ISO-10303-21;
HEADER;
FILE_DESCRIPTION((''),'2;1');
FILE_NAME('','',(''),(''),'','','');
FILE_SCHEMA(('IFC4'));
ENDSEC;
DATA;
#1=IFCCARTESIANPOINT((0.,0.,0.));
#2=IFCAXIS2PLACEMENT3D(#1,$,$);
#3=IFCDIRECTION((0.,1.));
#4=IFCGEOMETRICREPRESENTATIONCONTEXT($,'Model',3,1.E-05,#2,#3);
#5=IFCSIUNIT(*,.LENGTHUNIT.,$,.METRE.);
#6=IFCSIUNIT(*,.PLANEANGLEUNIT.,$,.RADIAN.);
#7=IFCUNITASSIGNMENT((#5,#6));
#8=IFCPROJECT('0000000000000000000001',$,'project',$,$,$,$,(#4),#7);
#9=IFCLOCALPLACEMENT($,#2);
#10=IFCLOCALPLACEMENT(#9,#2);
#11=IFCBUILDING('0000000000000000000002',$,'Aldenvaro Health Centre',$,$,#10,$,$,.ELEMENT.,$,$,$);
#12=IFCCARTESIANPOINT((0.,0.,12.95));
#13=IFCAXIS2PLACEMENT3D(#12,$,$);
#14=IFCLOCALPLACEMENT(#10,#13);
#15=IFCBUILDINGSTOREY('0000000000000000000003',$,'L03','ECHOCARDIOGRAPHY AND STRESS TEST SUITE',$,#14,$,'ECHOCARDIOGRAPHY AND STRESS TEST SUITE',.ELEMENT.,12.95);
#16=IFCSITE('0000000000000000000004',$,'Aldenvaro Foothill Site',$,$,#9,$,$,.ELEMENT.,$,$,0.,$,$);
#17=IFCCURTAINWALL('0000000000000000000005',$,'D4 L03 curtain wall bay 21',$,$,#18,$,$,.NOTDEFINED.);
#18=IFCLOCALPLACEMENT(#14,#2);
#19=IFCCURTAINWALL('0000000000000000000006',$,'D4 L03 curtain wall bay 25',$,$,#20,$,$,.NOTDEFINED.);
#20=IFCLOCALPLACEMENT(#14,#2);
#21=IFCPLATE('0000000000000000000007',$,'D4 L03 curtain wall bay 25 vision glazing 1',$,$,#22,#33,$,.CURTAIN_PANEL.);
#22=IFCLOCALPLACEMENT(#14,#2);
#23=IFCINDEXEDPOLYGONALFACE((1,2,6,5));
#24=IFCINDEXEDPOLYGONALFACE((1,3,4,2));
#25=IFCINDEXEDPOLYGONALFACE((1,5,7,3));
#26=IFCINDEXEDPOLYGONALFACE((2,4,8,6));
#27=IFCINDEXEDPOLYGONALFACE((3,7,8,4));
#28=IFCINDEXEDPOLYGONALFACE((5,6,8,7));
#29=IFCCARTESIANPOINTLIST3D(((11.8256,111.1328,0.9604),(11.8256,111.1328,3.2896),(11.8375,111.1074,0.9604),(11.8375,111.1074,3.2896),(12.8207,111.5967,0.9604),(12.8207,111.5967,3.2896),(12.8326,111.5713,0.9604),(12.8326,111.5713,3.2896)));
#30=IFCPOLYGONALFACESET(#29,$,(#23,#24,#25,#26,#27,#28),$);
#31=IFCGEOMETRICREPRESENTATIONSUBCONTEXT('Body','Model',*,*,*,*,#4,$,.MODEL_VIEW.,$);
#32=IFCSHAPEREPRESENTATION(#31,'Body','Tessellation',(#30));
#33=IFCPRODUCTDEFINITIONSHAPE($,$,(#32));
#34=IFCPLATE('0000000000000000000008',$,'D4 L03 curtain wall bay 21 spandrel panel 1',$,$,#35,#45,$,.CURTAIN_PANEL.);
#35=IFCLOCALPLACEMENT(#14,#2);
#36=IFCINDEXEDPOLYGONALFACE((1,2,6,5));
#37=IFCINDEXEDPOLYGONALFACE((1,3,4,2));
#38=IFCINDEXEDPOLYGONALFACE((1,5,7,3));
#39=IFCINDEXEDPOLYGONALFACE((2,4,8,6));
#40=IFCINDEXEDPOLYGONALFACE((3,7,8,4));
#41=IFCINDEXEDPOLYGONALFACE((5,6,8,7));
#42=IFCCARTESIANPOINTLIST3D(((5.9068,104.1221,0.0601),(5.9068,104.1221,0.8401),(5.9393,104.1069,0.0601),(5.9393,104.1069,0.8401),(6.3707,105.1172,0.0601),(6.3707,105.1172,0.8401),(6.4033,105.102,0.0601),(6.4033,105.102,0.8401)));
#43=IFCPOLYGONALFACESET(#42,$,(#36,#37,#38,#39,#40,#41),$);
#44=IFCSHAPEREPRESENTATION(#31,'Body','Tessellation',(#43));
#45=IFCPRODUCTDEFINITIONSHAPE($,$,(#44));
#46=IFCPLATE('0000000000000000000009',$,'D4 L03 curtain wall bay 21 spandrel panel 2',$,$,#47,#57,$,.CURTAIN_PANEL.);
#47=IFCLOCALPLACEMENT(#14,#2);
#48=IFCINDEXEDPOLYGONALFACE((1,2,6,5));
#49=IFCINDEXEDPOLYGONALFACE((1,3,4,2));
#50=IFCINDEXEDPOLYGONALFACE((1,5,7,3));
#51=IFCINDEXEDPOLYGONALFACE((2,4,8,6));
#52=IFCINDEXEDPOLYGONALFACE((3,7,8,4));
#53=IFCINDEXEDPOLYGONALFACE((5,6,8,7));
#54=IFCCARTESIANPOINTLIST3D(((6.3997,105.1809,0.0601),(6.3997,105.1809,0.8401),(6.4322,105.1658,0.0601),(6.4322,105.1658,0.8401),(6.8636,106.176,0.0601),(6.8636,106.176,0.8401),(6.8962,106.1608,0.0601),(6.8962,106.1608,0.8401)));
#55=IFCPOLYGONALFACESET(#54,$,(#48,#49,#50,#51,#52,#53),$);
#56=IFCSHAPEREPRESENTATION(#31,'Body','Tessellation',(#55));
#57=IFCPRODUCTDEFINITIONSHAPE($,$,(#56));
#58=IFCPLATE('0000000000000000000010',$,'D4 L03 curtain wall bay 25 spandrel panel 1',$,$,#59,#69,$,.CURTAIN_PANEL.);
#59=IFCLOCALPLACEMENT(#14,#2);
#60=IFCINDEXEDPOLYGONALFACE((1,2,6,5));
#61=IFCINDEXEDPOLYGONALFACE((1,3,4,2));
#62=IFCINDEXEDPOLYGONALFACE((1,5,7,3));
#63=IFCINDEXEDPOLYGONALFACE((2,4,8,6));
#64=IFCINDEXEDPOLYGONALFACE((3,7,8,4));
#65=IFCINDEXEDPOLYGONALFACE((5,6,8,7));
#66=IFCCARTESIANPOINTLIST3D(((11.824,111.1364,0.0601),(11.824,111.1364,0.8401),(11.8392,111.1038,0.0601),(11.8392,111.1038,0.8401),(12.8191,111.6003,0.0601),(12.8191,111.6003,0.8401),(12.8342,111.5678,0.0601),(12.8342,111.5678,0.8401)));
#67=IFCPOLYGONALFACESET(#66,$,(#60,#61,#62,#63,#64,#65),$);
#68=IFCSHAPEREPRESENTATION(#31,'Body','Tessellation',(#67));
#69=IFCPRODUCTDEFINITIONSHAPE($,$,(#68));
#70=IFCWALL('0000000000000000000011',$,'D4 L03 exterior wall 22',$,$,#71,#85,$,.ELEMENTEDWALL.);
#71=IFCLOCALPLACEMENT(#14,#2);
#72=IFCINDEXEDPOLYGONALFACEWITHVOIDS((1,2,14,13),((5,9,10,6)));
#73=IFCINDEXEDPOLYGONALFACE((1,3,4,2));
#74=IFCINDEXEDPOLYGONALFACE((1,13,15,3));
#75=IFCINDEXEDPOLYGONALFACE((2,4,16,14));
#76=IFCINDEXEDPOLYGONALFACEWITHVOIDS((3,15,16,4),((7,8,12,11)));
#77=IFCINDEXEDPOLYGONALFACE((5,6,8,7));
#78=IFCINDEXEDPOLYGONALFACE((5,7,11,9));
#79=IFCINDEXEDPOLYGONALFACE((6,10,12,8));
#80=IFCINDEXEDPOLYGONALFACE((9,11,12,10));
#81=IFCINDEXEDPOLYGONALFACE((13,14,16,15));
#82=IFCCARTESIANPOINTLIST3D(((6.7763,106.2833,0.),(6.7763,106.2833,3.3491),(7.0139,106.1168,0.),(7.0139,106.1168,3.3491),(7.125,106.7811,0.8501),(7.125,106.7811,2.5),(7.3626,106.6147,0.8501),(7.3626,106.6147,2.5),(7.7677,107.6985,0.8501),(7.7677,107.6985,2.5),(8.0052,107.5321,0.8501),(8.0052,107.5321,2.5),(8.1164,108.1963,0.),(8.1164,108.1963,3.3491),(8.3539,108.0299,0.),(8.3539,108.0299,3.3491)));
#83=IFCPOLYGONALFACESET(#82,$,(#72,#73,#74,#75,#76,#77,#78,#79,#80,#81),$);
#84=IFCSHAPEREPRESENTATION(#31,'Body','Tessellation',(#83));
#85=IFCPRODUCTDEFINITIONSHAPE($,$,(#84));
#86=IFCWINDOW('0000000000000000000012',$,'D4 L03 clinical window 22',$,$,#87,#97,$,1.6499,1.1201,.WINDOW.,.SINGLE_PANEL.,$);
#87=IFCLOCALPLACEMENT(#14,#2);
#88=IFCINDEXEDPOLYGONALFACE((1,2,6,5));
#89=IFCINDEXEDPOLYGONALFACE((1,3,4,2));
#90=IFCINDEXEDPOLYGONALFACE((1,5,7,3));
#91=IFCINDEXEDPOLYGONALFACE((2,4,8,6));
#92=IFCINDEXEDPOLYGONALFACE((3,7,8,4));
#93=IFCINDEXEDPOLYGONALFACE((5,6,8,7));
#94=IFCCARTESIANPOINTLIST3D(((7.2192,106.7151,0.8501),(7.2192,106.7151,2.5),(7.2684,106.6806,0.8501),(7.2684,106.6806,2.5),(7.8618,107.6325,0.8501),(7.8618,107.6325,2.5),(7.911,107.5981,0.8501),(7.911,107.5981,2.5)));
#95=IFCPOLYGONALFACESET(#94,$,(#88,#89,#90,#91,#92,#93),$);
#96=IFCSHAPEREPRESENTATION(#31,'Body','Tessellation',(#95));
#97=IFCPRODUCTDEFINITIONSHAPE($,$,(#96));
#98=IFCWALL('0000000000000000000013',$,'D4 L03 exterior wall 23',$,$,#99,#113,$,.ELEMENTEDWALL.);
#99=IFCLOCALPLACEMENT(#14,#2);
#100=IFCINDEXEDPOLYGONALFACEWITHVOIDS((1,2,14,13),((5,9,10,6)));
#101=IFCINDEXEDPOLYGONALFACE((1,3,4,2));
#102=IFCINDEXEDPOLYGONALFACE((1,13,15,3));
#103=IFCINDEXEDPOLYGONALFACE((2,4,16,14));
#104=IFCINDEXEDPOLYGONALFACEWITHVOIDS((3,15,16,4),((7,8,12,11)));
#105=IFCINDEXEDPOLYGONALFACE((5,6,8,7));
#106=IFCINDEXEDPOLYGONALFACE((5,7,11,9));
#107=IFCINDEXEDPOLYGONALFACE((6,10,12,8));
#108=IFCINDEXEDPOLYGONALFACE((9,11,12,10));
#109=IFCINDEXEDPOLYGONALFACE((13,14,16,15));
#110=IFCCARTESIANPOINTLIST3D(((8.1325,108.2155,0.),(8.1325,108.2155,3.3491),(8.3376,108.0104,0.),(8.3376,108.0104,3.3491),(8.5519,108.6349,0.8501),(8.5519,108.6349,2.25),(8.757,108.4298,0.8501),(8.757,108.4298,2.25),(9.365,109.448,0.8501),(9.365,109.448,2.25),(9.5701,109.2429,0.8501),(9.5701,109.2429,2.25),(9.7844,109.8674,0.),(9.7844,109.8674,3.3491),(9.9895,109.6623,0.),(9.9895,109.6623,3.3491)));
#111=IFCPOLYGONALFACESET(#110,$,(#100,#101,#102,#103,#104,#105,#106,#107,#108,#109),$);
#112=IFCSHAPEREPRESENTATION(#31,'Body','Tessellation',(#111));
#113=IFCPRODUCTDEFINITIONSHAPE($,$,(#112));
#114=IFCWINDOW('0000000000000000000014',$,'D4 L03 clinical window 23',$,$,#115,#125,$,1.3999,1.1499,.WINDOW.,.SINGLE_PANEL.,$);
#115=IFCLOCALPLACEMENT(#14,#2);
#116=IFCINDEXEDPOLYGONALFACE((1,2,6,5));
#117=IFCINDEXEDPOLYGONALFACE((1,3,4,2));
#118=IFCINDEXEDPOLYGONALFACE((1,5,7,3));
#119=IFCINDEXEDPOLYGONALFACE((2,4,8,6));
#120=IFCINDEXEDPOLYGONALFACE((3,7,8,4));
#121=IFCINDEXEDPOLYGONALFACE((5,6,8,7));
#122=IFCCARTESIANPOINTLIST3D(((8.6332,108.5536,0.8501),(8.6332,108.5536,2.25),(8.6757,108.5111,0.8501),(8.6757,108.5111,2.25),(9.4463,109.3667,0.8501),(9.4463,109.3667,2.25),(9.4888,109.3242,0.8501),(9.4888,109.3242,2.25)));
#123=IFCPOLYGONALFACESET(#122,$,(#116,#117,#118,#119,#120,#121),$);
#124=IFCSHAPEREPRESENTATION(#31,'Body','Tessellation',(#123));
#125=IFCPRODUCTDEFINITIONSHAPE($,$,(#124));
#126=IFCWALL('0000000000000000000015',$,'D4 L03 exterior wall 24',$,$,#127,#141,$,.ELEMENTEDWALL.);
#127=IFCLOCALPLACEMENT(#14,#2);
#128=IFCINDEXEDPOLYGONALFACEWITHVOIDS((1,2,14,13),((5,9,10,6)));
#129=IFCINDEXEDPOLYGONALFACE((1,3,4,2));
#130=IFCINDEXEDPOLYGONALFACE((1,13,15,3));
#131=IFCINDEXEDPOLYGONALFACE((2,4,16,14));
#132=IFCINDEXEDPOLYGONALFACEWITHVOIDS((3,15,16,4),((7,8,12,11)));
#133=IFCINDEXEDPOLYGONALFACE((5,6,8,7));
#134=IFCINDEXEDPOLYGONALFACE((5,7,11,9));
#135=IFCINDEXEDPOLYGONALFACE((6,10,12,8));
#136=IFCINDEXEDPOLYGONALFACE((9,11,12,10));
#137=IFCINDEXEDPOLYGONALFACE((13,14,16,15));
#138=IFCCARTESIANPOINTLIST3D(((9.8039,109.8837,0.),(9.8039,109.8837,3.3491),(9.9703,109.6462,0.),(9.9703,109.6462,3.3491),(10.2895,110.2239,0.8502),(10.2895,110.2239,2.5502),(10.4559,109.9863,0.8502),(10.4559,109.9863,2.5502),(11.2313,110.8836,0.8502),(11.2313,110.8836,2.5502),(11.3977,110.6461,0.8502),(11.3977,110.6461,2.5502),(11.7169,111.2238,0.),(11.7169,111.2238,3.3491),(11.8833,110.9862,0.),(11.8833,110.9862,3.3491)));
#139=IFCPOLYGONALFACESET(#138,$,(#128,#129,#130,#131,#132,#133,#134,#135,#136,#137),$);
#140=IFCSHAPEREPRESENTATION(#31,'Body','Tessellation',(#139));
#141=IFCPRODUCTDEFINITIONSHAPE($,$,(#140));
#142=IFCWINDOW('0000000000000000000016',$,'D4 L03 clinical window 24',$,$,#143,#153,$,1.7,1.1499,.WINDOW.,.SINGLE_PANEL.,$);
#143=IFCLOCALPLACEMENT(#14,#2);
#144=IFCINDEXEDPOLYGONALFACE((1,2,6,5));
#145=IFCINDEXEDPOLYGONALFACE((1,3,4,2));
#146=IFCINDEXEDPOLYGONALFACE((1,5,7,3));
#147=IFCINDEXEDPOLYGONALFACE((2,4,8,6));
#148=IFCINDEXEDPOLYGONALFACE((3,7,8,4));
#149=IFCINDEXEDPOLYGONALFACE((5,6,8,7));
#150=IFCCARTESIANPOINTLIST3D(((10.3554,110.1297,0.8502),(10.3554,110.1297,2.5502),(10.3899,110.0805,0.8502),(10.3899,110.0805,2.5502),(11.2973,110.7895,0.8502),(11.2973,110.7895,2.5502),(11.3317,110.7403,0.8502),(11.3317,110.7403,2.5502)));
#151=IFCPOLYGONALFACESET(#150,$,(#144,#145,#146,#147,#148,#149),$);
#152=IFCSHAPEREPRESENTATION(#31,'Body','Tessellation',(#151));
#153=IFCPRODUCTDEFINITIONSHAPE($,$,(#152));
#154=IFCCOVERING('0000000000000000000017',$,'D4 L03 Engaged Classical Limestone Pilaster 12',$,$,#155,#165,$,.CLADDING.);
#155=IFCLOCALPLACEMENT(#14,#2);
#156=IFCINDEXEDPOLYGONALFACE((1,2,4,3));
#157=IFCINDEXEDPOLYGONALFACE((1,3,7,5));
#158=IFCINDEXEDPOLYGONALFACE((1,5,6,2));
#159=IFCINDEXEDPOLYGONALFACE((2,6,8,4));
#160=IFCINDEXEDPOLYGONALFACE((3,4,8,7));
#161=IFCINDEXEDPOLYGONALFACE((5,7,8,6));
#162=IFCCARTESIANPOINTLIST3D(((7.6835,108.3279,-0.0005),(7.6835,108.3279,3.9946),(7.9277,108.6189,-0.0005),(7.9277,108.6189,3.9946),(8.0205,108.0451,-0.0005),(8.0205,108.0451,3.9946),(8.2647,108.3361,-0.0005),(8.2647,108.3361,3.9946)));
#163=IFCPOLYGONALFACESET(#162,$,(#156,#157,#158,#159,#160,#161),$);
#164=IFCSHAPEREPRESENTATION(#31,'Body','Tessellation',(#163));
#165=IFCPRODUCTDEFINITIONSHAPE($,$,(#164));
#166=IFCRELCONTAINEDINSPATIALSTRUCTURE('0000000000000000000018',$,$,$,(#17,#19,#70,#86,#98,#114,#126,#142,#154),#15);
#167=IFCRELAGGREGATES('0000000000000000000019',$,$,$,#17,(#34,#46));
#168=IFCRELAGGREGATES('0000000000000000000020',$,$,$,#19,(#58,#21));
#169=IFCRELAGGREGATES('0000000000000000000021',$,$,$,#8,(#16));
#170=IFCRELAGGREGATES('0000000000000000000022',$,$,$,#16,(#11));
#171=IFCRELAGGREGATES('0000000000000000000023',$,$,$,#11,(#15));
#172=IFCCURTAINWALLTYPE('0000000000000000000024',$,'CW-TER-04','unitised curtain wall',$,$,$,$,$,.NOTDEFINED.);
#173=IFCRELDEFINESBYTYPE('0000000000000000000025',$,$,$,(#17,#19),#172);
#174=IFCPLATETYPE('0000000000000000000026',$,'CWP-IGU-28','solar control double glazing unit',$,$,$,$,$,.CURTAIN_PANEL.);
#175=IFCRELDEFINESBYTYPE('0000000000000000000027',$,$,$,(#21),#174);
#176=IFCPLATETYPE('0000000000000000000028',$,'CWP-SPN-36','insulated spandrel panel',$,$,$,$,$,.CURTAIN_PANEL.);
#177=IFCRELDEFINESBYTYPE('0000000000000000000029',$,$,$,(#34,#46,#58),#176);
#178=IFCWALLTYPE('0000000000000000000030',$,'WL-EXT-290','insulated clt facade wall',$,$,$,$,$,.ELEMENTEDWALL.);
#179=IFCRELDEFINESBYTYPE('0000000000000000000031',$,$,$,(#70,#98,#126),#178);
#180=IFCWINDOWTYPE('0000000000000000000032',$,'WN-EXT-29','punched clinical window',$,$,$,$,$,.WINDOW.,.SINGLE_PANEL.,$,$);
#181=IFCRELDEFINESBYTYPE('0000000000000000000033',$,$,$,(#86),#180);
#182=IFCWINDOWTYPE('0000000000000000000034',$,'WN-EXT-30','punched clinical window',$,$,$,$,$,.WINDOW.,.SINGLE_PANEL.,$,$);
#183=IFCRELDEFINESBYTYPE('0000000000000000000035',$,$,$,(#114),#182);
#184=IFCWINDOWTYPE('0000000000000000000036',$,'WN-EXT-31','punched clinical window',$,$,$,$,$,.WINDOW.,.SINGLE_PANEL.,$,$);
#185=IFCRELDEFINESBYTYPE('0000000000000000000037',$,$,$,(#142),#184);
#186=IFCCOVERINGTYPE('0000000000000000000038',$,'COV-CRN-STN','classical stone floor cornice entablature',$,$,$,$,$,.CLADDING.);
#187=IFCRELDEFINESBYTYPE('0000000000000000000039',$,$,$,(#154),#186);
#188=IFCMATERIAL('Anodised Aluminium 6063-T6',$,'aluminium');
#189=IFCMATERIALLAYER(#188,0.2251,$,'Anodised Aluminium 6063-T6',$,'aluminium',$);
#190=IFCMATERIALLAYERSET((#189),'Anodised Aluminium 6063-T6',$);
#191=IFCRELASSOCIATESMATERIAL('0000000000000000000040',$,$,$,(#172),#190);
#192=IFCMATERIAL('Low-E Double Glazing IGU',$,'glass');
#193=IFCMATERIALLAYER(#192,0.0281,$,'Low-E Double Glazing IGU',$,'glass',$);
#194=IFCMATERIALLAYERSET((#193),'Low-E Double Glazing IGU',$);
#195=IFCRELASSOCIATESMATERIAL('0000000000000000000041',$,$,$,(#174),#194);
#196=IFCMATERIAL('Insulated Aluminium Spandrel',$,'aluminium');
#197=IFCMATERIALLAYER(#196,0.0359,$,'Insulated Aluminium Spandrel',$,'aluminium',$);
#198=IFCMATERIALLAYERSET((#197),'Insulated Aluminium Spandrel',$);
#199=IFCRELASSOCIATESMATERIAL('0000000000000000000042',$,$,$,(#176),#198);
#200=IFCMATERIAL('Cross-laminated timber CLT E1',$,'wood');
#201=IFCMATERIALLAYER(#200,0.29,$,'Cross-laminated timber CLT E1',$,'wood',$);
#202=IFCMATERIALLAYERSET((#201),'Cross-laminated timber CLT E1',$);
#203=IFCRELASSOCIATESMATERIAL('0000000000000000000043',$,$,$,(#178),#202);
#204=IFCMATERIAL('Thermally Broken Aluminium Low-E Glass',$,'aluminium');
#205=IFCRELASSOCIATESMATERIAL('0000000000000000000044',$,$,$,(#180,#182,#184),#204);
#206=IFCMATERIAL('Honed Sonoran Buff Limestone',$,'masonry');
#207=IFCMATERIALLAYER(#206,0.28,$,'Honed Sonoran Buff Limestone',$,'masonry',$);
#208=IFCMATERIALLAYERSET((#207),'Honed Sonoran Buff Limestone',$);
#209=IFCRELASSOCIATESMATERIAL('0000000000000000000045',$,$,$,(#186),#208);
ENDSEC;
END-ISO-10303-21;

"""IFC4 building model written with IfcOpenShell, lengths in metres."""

from ifc_helpers import new_model, si_unit, direction, frame, frame_2d, origin, origin_2d, place, context, subcontext, project, spatial, rectangle, extrude, material, layer, layer_set, type_object, element, fill, aggregate, save


model = new_model("IFC4")

# Units and contexts
model_context = context("Model", 3, precision=1e-05, world=origin(), true_north=direction((0.0, 1.0)))
body_context = subcontext(model_context, "Body", "Model", "MODEL_VIEW")
ifc_project = project(units=[si_unit("LENGTHUNIT", "METRE"), si_unit("PLANEANGLEUNIT", "RADIAN")], contexts=[model_context])

# Site, building, storey
site_placement = place(None, origin())
site = spatial("IfcSite", under=ifc_project, at=site_placement, Name="Aldenvaro Foothill Site", CompositionType="ELEMENT", RefElevation=0.0)
building_placement = place(site_placement, origin())
building = spatial("IfcBuilding", under=site, at=building_placement, Name="Aldenvaro Health Centre", CompositionType="ELEMENT")
storey_placement = place(building_placement, frame((0.0, 0.0, 12.95)))
storey = spatial("IfcBuildingStorey", under=building, at=storey_placement, Name="L03", Description="ECHOCARDIOGRAPHY AND STRESS TEST SUITE", LongName="ECHOCARDIOGRAPHY AND STRESS TEST SUITE", CompositionType="ELEMENT", Elevation=12.95)

# Curtain walls
ifc_material_1 = material(Name="Anodised Aluminium 6063-T6", Category="aluminium")
ifc_layer_1 = layer(ifc_material_1, 0.2251, Name="Anodised Aluminium 6063-T6", Category="aluminium")
ifc_layer_set_1 = layer_set([ifc_layer_1], Name="Anodised Aluminium 6063-T6")
curtain_wall_type = type_object("IfcCurtainWallType", Name="CW-TER-04", Description="unitised curtain wall", PredefinedType="NOTDEFINED", material=ifc_layer_set_1)
curtain_wall_1_placement = place(storey_placement, origin())
curtain_wall_1 = element("IfcCurtainWall", 1, at=curtain_wall_1_placement, inside=storey, type_object=curtain_wall_type, Name="D4 L03 curtain wall bay 21", PredefinedType="NOTDEFINED")
curtain_wall_2_placement = place(storey_placement, origin())
curtain_wall_2 = element("IfcCurtainWall", 2, at=curtain_wall_2_placement, inside=storey, type_object=curtain_wall_type, Name="D4 L03 curtain wall bay 25", PredefinedType="NOTDEFINED")

# Plates
ifc_material_2 = material(Name="Low-E Double Glazing IGU", Category="glass")
ifc_layer_2 = layer(ifc_material_2, 0.0281, Name="Low-E Double Glazing IGU", Category="glass")
ifc_layer_set_2 = layer_set([ifc_layer_2], Name="Low-E Double Glazing IGU")
plate_type_1 = type_object("IfcPlateType", Name="CWP-IGU-28", Description="solar control double glazing unit", PredefinedType="CURTAIN_PANEL", material=ifc_layer_set_2)
plate_1_placement = place(storey_placement, frame((12.3291, 111.3521, 0.9604), z_axis=(0.0, 0.0, 1.0), x_axis=(0.906336, 0.422557, 0.0)))
plate_1 = element("IfcPlate", 3, at=plate_1_placement, type_object=plate_type_1, Name="D4 L03 curtain wall bay 25 vision glazing 1", PredefinedType="CURTAIN_PANEL", context=body_context, shape_type="SweptSolid", body=[
    extrude(rectangle(XDim=1.0979, YDim=0.0281, at=origin_2d()), origin(), (0.0, 0.0, 1.0), 2.3291),
])
ifc_material_3 = material(Name="Insulated Aluminium Spandrel", Category="aluminium")
ifc_layer_3 = layer(ifc_material_3, 0.0359, Name="Insulated Aluminium Spandrel", Category="aluminium")
ifc_layer_set_3 = layer_set([ifc_layer_3], Name="Insulated Aluminium Spandrel")
plate_type_2 = type_object("IfcPlateType", Name="CWP-SPN-36", Description="insulated spandrel panel", PredefinedType="CURTAIN_PANEL", material=ifc_layer_set_3)
plate_2_placement = place(storey_placement, frame((6.155, 104.6121, 0.0601), z_axis=(0.0, 0.0, 1.0), x_axis=(0.422557, 0.906336, 0.0)))
plate_2 = element("IfcPlate", 4, at=plate_2_placement, type_object=plate_type_2, Name="D4 L03 curtain wall bay 21 spandrel panel 1", PredefinedType="CURTAIN_PANEL", context=body_context, shape_type="SweptSolid", body=[
    extrude(rectangle(XDim=1.0979, YDim=0.0359, at=origin_2d()), origin(), (0.0, 0.0, 1.0), 0.78),
])
plate_3_placement = place(storey_placement, frame((6.6479, 105.6709, 0.0601), z_axis=(0.0, 0.0, 1.0), x_axis=(0.422557, 0.906336, 0.0)))
plate_3 = element("IfcPlate", 5, at=plate_3_placement, type_object=plate_type_2, Name="D4 L03 curtain wall bay 21 spandrel panel 2", PredefinedType="CURTAIN_PANEL", context=body_context, shape_type="SweptSolid", body=[
    extrude(rectangle(XDim=1.0979, YDim=0.0359, at=origin_2d()), origin(), (0.0, 0.0, 1.0), 0.78),
])
aggregate(curtain_wall_1, [plate_2, plate_3])
plate_4_placement = place(storey_placement, frame((12.3291, 111.3521, 0.0601), z_axis=(0.0, 0.0, 1.0), x_axis=(0.906336, 0.422557, 0.0)))
plate_4 = element("IfcPlate", 6, at=plate_4_placement, type_object=plate_type_2, Name="D4 L03 curtain wall bay 25 spandrel panel 1", PredefinedType="CURTAIN_PANEL", context=body_context, shape_type="SweptSolid", body=[
    extrude(rectangle(XDim=1.0979, YDim=0.0359, at=origin_2d()), origin(), (0.0, 0.0, 1.0), 0.78),
])
aggregate(curtain_wall_2, [plate_4, plate_1])

# Walls, openings, windows
ifc_material_4 = material(Name="Cross-laminated timber CLT E1", Category="wood")
ifc_layer_4 = layer(ifc_material_4, 0.29, Name="Cross-laminated timber CLT E1", Category="wood")
ifc_layer_set_4 = layer_set([ifc_layer_4], Name="Cross-laminated timber CLT E1")
wall_type = type_object("IfcWallType", Name="WL-EXT-290", Description="insulated clt facade wall", PredefinedType="ELEMENTEDWALL", material=ifc_layer_set_4)
wall_1_placement = place(storey_placement, frame((6.895, 106.2, 0.0), z_axis=(0.0, 0.0, 1.0), x_axis=(0.573729, 0.819045, 0.0)))
wall_1 = element("IfcWall", 7, at=wall_1_placement, inside=storey, type_object=wall_type, Name="D4 L03 exterior wall 22", PredefinedType="ELEMENTEDWALL", context=body_context, shape_type="SweptSolid", body=[
    extrude(rectangle(XDim=2.3357, YDim=0.29, at=frame_2d((1.168, 0.0))), origin(), (0.0, 0.0, 1.0), 3.3491),
])
opening_1_placement = place(wall_1_placement, frame((0.6079, 0.0, 0.8501)))
opening_1 = element("IfcOpeningElement", 8, at=opening_1_placement, cuts=wall_1, PredefinedType="OPENING", context=body_context, shape_type="SweptSolid", body=[
    extrude(rectangle(XDim=1.1201, YDim=1.6499, at=frame_2d((0.5601, 0.825))), frame((0.0, 0.155, 0.0), z_axis=(0.0, -1.0, 0.0), x_axis=(1.0, 0.0, 0.0)), (0.0, 0.0, 1.0), 0.3101),
])
ifc_material_5 = material(Name="Thermally Broken Aluminium Low-E Glass", Category="aluminium")
window_type_1 = type_object("IfcWindowType", Name="WN-EXT-29", Description="punched clinical window", PartitioningType="SINGLE_PANEL", PredefinedType="WINDOW", material=ifc_material_5)
window_1_placement = place(opening_1_placement, origin())
window_1 = element("IfcWindow", 9, at=window_1_placement, inside=storey, type_object=window_type_1, Name="D4 L03 clinical window 22", OverallHeight=1.6499, OverallWidth=1.1201, PartitioningType="SINGLE_PANEL", PredefinedType="WINDOW", context=body_context, shape_type="SweptSolid", body=[
    extrude(rectangle(XDim=1.1201, YDim=1.6499, at=frame_2d((0.5601, 0.825))), frame((0.0, 0.03, 0.0), z_axis=(0.0, -1.0, 0.0), x_axis=(1.0, 0.0, 0.0)), (0.0, 0.0, 1.0), 0.0601),
])
fill(opening_1, window_1)
wall_2_placement = place(storey_placement, frame((8.2351, 108.113, 0.0), z_axis=(0.0, 0.0, 1.0), x_axis=(0.707107, 0.707107, 0.0)))
wall_2 = element("IfcWall", 10, at=wall_2_placement, inside=storey, type_object=wall_type, Name="D4 L03 exterior wall 23", PredefinedType="ELEMENTEDWALL", context=body_context, shape_type="SweptSolid", body=[
    extrude(rectangle(XDim=2.3362, YDim=0.29, at=frame_2d((1.168, 0.0))), origin(), (0.0, 0.0, 1.0), 3.3491),
])
opening_2_placement = place(wall_2_placement, frame((0.593, 0.0, 0.8501)))
opening_2 = element("IfcOpeningElement", 11, at=opening_2_placement, cuts=wall_2, PredefinedType="OPENING", context=body_context, shape_type="SweptSolid", body=[
    extrude(rectangle(XDim=1.1499, YDim=1.3999, at=frame_2d((0.575, 0.7))), frame((0.0, 0.155, 0.0), z_axis=(0.0, -1.0, 0.0), x_axis=(1.0, 0.0, 0.0)), (0.0, 0.0, 1.0), 0.3101),
])
window_type_2 = type_object("IfcWindowType", Name="WN-EXT-30", Description="punched clinical window", PartitioningType="SINGLE_PANEL", PredefinedType="WINDOW", material=ifc_material_5)
window_2_placement = place(opening_2_placement, origin())
window_2 = element("IfcWindow", 12, at=window_2_placement, inside=storey, type_object=window_type_2, Name="D4 L03 clinical window 23", OverallHeight=1.3999, OverallWidth=1.1499, PartitioningType="SINGLE_PANEL", PredefinedType="WINDOW", context=body_context, shape_type="SweptSolid", body=[
    extrude(rectangle(XDim=1.1499, YDim=1.3999, at=frame_2d((0.575, 0.7))), frame((0.0, 0.03, 0.0), z_axis=(0.0, -1.0, 0.0), x_axis=(1.0, 0.0, 0.0)), (0.0, 0.0, 1.0), 0.0601),
])
fill(opening_2, window_2)
wall_3_placement = place(storey_placement, frame((9.887, 109.7649, 0.0), z_axis=(0.0, 0.0, 1.0), x_axis=(0.819045, 0.573729, 0.0)))
wall_3 = element("IfcWall", 13, at=wall_3_placement, inside=storey, type_object=wall_type, Name="D4 L03 exterior wall 24", PredefinedType="ELEMENTEDWALL", context=body_context, shape_type="SweptSolid", body=[
    extrude(rectangle(XDim=2.3357, YDim=0.29, at=frame_2d((1.168, 0.0))), origin(), (0.0, 0.0, 1.0), 3.3491),
])
opening_3_placement = place(wall_3_placement, frame((0.593, 0.0, 0.8501)))
opening_3 = element("IfcOpeningElement", 14, at=opening_3_placement, cuts=wall_3, PredefinedType="OPENING", context=body_context, shape_type="SweptSolid", body=[
    extrude(rectangle(XDim=1.1499, YDim=1.7, at=frame_2d((0.575, 0.8501))), frame((0.0, 0.155, 0.0), z_axis=(0.0, -1.0, 0.0), x_axis=(1.0, 0.0, 0.0)), (0.0, 0.0, 1.0), 0.3101),
])
window_type_3 = type_object("IfcWindowType", Name="WN-EXT-31", Description="punched clinical window", PartitioningType="SINGLE_PANEL", PredefinedType="WINDOW", material=ifc_material_5)
window_3_placement = place(opening_3_placement, origin())
window_3 = element("IfcWindow", 15, at=window_3_placement, inside=storey, type_object=window_type_3, Name="D4 L03 clinical window 24", OverallHeight=1.7, OverallWidth=1.1499, PartitioningType="SINGLE_PANEL", PredefinedType="WINDOW", context=body_context, shape_type="SweptSolid", body=[
    extrude(rectangle(XDim=1.1499, YDim=1.7, at=frame_2d((0.575, 0.8501))), frame((0.0, 0.03, 0.0), z_axis=(0.0, -1.0, 0.0), x_axis=(1.0, 0.0, 0.0)), (0.0, 0.0, 1.0), 0.0601),
])
fill(opening_3, window_3)

# Covering
ifc_material_6 = material(Name="Honed Sonoran Buff Limestone", Category="masonry")
ifc_layer_5 = layer(ifc_material_6, 0.28, Name="Honed Sonoran Buff Limestone", Category="masonry")
ifc_layer_set_5 = layer_set([ifc_layer_5], Name="Honed Sonoran Buff Limestone")
covering_type = type_object("IfcCoveringType", Name="COV-CRN-STN", Description="classical stone floor cornice entablature", PredefinedType="CLADDING", material=ifc_layer_set_5)
covering_placement = place(storey_placement, frame((7.9741, 108.332, -0.0005), z_axis=(0.0, 0.0, 1.0), x_axis=(-0.766058, 0.642772, 0.0)))
element("IfcCovering", 16, at=covering_placement, inside=storey, type_object=covering_type, Name="D4 L03 Engaged Classical Limestone Pilaster 12", PredefinedType="CLADDING", context=body_context, shape_type="SweptSolid", body=[
    extrude(rectangle(XDim=0.4399, YDim=0.3799, at=origin_2d()), origin(), (0.0, 0.0, 1.0), 3.9951),
])

save(model, "model.ifc")
